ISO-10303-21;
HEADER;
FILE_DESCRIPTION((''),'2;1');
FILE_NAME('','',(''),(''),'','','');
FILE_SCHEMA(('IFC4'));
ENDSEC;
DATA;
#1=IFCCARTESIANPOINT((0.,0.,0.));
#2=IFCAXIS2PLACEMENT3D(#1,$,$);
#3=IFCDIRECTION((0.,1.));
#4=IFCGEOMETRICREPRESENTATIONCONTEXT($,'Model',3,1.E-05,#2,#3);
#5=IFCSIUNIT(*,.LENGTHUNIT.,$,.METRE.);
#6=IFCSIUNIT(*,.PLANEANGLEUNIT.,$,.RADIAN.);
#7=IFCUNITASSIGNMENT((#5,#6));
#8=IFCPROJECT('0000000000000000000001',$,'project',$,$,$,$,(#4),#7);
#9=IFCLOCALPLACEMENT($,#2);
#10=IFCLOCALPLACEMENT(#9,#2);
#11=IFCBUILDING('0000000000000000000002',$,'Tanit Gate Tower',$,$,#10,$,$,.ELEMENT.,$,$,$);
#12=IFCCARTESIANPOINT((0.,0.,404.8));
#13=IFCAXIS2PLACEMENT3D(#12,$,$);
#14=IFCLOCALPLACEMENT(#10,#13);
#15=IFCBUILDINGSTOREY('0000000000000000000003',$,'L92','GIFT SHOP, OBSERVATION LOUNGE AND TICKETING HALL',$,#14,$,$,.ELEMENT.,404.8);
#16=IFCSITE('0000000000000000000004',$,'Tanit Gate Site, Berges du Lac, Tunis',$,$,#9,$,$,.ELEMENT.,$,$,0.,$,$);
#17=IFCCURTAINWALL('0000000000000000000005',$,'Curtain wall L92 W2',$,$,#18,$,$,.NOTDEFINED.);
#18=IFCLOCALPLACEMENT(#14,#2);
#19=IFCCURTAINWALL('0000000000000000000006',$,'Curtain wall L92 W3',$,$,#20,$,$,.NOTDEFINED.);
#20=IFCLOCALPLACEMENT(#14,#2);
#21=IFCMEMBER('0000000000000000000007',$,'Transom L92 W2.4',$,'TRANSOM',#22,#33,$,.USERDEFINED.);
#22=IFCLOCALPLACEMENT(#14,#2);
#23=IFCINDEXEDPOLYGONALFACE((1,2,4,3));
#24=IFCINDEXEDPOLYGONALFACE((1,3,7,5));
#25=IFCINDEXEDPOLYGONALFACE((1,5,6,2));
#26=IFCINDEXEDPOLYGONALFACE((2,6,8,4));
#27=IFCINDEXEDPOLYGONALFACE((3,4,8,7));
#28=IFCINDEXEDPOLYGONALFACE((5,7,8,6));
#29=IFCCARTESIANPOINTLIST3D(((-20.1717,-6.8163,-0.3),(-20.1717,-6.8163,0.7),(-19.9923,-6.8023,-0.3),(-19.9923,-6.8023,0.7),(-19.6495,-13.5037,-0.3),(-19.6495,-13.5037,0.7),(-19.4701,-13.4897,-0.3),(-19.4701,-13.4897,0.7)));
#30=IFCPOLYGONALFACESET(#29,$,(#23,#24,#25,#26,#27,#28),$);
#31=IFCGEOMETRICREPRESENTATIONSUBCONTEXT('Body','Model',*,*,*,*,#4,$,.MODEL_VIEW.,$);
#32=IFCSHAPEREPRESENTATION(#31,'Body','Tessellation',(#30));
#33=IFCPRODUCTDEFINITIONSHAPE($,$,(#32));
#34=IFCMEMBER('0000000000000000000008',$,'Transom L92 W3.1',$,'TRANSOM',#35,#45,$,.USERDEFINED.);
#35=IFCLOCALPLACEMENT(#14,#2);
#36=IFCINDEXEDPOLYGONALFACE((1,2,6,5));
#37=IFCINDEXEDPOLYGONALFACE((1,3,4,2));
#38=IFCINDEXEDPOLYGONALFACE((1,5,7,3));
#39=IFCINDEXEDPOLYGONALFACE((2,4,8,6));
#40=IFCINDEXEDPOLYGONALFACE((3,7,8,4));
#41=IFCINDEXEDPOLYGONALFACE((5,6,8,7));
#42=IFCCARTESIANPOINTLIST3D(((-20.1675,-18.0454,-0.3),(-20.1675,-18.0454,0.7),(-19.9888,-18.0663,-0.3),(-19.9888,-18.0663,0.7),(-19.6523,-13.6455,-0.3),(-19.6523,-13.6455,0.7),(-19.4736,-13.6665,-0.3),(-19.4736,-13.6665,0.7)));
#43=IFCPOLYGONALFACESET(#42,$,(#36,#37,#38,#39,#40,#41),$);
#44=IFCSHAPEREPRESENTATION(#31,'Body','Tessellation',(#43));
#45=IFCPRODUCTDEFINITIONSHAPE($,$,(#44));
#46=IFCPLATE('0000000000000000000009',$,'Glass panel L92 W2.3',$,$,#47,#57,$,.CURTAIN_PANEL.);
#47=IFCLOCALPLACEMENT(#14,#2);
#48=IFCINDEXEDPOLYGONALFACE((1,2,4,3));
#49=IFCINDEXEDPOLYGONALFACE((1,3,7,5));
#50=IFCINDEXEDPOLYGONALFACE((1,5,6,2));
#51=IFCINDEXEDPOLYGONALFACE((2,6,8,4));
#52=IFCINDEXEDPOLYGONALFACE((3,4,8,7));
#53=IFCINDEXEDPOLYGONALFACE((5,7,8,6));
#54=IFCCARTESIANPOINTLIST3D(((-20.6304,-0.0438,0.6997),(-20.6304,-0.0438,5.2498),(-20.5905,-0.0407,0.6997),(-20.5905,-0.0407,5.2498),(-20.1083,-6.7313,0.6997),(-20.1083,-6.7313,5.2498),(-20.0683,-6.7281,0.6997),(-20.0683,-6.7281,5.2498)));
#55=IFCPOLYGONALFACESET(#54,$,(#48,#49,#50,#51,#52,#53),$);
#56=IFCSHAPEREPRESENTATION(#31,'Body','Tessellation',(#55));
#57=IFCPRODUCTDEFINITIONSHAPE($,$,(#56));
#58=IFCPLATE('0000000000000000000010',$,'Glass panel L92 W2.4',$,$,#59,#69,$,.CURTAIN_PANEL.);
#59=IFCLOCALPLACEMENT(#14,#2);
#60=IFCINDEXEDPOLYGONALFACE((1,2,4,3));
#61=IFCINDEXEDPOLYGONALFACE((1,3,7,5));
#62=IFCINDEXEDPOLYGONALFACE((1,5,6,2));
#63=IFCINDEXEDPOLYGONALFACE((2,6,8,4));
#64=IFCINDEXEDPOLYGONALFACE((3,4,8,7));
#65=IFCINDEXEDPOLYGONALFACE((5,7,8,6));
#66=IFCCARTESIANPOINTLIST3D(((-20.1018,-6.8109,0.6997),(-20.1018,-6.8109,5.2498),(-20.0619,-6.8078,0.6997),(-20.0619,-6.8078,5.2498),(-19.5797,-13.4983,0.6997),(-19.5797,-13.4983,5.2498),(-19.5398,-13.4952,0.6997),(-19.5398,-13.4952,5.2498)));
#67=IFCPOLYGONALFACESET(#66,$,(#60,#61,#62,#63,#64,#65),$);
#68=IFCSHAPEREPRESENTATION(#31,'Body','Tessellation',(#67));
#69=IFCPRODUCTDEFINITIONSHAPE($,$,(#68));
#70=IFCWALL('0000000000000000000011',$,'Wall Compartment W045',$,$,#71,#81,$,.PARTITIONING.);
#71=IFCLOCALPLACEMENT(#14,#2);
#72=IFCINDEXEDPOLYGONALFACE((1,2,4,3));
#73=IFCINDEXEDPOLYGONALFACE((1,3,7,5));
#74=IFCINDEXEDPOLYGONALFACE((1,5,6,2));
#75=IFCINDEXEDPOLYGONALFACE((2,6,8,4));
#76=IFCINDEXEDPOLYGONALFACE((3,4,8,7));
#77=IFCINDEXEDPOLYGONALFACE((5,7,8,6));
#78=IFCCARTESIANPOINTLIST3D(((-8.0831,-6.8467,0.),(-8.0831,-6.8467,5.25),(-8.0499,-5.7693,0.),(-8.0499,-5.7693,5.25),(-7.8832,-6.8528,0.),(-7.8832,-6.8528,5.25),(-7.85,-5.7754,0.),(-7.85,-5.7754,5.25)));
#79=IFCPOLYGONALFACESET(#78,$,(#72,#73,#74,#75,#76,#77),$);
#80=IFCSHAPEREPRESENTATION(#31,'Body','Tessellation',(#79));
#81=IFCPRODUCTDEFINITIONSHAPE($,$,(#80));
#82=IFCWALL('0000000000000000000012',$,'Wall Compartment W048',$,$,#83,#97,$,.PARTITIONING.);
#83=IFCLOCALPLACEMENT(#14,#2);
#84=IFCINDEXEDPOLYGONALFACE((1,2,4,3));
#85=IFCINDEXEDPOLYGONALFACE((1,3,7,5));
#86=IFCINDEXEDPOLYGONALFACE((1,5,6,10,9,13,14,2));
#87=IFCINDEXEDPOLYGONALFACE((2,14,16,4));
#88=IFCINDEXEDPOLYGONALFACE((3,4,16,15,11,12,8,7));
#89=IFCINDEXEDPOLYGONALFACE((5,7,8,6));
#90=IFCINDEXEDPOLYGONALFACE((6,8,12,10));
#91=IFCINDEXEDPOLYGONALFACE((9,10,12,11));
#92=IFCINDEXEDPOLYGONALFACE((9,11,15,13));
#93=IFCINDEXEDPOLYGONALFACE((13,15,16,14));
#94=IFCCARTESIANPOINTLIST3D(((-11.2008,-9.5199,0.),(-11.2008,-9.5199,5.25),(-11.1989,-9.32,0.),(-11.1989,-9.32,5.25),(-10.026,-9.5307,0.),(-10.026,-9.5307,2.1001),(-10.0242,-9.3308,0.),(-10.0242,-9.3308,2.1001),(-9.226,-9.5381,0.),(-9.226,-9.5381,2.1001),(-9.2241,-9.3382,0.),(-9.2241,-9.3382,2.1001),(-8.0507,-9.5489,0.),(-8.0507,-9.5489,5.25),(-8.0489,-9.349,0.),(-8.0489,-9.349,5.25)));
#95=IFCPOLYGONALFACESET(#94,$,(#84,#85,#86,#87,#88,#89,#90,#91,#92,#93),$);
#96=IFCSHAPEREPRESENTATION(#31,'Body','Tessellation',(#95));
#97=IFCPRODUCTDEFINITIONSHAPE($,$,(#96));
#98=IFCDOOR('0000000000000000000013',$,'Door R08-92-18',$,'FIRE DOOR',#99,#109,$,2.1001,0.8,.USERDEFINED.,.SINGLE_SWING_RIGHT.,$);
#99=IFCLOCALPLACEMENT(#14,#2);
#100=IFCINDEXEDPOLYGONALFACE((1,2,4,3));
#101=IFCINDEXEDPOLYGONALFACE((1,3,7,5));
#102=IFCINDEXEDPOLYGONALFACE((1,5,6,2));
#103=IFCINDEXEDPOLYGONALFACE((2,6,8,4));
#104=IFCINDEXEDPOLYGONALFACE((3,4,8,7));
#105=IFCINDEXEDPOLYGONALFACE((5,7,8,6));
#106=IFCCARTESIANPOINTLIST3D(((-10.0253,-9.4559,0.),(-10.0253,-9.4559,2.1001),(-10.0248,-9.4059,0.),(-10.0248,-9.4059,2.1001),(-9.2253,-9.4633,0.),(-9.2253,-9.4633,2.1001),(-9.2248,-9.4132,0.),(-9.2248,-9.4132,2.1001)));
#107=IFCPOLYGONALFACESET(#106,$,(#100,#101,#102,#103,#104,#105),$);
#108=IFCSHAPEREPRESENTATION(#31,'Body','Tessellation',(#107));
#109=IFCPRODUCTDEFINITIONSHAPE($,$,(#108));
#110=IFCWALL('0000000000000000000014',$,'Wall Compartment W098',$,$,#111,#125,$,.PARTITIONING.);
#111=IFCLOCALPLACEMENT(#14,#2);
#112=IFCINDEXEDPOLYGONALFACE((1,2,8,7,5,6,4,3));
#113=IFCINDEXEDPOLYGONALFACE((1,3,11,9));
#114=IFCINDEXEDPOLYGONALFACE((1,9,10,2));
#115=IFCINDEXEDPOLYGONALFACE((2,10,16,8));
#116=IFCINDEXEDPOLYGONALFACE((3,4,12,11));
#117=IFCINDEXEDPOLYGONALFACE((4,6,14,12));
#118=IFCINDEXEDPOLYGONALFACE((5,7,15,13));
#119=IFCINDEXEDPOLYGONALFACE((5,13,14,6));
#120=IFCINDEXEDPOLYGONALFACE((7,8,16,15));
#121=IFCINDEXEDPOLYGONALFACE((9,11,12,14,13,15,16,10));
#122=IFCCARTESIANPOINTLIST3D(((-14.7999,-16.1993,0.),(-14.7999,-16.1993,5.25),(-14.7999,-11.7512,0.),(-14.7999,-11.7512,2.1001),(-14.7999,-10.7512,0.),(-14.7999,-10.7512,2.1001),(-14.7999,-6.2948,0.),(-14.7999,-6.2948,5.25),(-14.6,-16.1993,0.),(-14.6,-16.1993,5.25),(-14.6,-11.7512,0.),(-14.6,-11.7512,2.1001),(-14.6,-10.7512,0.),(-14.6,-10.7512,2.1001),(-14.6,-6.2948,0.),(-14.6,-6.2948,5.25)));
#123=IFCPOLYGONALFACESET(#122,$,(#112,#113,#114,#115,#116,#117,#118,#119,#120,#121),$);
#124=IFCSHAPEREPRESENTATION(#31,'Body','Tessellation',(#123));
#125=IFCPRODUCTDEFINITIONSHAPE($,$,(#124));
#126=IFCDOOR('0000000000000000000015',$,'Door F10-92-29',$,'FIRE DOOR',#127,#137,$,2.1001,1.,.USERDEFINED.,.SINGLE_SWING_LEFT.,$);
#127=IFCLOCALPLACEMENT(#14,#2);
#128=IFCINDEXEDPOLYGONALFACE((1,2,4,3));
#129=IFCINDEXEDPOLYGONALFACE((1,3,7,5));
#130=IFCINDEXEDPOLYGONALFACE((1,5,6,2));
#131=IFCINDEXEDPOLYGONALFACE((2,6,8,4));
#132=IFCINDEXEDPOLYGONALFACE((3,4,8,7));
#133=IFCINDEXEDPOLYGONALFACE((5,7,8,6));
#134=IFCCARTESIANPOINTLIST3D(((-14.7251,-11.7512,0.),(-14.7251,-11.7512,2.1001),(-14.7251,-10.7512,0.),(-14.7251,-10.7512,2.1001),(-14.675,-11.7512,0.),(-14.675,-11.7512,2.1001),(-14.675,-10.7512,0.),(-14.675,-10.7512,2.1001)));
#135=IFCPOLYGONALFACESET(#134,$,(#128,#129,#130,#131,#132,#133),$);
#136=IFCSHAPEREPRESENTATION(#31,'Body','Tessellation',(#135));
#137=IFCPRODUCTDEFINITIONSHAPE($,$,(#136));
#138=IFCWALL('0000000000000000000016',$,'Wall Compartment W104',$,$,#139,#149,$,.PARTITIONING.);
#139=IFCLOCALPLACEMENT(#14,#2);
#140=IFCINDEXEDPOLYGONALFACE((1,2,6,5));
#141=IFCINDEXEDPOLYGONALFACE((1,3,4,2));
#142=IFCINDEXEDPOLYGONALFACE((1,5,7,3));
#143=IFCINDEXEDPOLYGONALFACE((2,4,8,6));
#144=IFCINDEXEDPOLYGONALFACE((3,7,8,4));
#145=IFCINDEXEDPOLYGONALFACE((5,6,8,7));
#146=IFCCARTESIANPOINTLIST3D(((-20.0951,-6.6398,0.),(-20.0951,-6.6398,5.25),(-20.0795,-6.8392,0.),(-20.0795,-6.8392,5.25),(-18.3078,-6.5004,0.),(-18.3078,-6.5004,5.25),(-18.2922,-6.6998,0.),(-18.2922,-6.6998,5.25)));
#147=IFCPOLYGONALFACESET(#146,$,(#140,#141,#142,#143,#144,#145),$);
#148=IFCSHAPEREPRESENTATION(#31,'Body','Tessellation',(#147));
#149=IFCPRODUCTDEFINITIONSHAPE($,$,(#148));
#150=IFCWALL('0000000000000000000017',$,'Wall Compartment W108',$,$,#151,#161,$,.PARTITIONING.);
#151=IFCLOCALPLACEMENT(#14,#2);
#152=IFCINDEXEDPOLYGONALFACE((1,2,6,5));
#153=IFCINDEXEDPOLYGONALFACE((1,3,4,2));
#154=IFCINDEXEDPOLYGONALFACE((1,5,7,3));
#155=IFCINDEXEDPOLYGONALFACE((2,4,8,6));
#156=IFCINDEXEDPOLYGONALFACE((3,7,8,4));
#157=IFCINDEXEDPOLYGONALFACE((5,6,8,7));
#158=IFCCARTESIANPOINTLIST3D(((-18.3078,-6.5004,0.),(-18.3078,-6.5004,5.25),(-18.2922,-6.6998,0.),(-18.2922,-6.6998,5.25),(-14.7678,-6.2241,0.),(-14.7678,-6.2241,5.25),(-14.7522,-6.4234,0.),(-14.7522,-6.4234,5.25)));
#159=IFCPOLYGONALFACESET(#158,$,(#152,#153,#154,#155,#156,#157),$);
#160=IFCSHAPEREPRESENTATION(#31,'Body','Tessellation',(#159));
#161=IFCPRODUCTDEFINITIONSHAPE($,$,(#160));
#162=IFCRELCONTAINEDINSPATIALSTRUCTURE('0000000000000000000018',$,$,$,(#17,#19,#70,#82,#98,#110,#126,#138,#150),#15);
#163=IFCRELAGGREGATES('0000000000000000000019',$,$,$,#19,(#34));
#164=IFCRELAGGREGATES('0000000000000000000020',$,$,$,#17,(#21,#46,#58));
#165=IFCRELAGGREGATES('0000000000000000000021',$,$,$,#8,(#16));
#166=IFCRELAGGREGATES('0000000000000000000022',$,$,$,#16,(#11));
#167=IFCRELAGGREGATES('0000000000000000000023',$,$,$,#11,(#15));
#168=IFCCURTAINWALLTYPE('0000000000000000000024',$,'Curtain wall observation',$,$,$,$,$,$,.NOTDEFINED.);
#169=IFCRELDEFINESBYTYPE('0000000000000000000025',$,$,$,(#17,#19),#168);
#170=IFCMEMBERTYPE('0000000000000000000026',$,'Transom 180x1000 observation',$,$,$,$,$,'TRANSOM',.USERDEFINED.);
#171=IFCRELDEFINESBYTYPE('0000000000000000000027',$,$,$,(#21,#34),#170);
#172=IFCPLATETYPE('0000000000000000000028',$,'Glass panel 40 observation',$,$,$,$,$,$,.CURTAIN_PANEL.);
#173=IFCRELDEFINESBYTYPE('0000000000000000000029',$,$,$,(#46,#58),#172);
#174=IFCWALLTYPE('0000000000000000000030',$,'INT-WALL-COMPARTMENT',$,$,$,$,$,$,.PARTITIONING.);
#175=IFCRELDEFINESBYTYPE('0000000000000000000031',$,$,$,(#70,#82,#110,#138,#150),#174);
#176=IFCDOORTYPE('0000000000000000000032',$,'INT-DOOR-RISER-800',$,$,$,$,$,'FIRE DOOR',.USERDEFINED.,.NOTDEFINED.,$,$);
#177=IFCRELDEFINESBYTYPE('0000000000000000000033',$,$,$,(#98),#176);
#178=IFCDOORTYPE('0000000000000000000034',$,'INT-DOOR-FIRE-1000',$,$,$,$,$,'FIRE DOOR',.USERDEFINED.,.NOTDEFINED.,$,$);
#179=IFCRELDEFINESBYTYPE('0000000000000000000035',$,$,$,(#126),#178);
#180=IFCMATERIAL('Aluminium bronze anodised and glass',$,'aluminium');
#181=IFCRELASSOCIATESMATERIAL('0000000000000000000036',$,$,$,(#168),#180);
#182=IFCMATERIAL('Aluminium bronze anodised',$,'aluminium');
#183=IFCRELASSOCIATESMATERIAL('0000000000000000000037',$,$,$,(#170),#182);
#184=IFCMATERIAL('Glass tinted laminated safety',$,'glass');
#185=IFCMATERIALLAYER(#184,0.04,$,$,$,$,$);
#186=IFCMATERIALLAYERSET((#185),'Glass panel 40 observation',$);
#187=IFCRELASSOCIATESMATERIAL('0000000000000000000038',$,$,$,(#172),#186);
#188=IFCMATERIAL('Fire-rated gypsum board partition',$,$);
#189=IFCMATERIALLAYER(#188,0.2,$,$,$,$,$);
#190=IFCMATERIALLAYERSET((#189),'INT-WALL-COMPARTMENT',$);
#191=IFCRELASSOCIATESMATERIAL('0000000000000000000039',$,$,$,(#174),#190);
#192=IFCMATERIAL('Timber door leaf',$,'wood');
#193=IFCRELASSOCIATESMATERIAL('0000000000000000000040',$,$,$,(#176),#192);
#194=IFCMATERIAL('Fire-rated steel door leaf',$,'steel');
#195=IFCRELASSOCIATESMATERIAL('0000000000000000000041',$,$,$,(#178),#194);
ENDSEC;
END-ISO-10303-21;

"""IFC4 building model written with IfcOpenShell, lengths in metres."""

from ifc_helpers import new_model, si_unit, direction, frame, frame_2d, origin, origin_2d, place, context, subcontext, project, spatial, rectangle, extrude, material, layer, layer_set, material_profile, profile_set, type_object, element, fill, aggregate, save


model = new_model("IFC4")

# Units and contexts
model_context = context("Model", 3, precision=1e-05, world=origin(), true_north=direction((0.0, 1.0)))
body_context = subcontext(model_context, "Body", "Model", "MODEL_VIEW")
ifc_project = project(units=[si_unit("LENGTHUNIT", "METRE"), si_unit("PLANEANGLEUNIT", "RADIAN")], contexts=[model_context])

# Site, building, storey
site_placement = place(None, origin())
site = spatial("IfcSite", under=ifc_project, at=site_placement, Name="Tanit Gate Site, Berges du Lac, Tunis", CompositionType="ELEMENT", RefElevation=0.0)
building_placement = place(site_placement, origin())
building = spatial("IfcBuilding", under=site, at=building_placement, Name="Tanit Gate Tower", CompositionType="ELEMENT")
storey_placement = place(building_placement, frame((0.0, 0.0, 404.8)))
storey = spatial("IfcBuildingStorey", under=building, at=storey_placement, Name="L92", Description="GIFT SHOP, OBSERVATION LOUNGE AND TICKETING HALL", CompositionType="ELEMENT", Elevation=404.8)

# Curtain wall
ifc_material_1 = material(Name="Aluminium bronze anodised and glass", Category="aluminium")
curtain_wall_type = type_object("IfcCurtainWallType", Name="Curtain wall observation", PredefinedType="NOTDEFINED", material=ifc_material_1)
curtain_wall_1_placement = place(storey_placement, origin())
curtain_wall_1 = element("IfcCurtainWall", 1, at=curtain_wall_1_placement, inside=storey, type_object=curtain_wall_type, Name="Curtain wall L92 W2", PredefinedType="NOTDEFINED")

# Curtain wall
curtain_wall_2_placement = place(storey_placement, origin())
curtain_wall_2 = element("IfcCurtainWall", 2, at=curtain_wall_2_placement, inside=storey, type_object=curtain_wall_type, Name="Curtain wall L92 W3", PredefinedType="NOTDEFINED")

# Members
ifc_material_2 = material(Name="Aluminium bronze anodised", Category="aluminium")
ifc_material_profile_1 = material_profile(ifc_material_2, rectangle(XDim=0.1799, YDim=1.0, at=origin_2d()), Name="180x1000 bronze transom")
ifc_profile_set_1 = profile_set([ifc_material_profile_1], Name="Aluminium bronze anodised")
member_type_1 = type_object("IfcMemberType", Name="Transom 180x1000 observation", ElementType="TRANSOM", PredefinedType="USERDEFINED", material=ifc_profile_set_1)
member_1_placement = place(storey_placement, frame((-20.082, -6.8093, 0.2), z_axis=(0.077851, -0.996965, 0.0), x_axis=(0.996965, 0.077851, 0.0)))
member_1 = element("IfcMember", 3, at=member_1_placement, type_object=member_type_1, Name="Transom L92 W2.4", ObjectType="TRANSOM", PredefinedType="USERDEFINED", context=body_context, shape_type="SweptSolid", body=[
    extrude(rectangle(XDim=0.1799, YDim=1.0, at=origin_2d()), origin(), (0.0, 0.0, 1.0), 6.7078),
])
member_2_placement = place(storey_placement, frame((-19.563, -13.656, 0.2), z_axis=(-0.116285, -0.993216, 0.0), x_axis=(0.993216, -0.116285, 0.0)))
member_2 = element("IfcMember", 4, at=member_2_placement, type_object=member_type_1, Name="Transom L92 W3.1", ObjectType="TRANSOM", PredefinedType="USERDEFINED", context=body_context, shape_type="SweptSolid", body=[
    extrude(rectangle(XDim=0.1799, YDim=1.0, at=origin_2d()), origin(), (0.0, 0.0, 1.0), 4.4299),
])
aggregate(curtain_wall_2, [member_2])

# Plates
ifc_material_3 = material(Name="Glass tinted laminated safety", Category="glass")
ifc_layer_1 = layer(ifc_material_3, 0.04)
ifc_layer_set_1 = layer_set([ifc_layer_1], Name="Glass panel 40 observation")
plate_type = type_object("IfcPlateType", Name="Glass panel 40 observation", PredefinedType="CURTAIN_PANEL", material=ifc_layer_set_1)
plate_1_placement = place(storey_placement, frame((-20.3494, -3.386, 0.6997), z_axis=(0.0, 0.0, 1.0), x_axis=(0.077839, -0.996966, 0.0)))
plate_1 = element("IfcPlate", 5, at=plate_1_placement, type_object=plate_type, Name="Glass panel L92 W2.3", PredefinedType="CURTAIN_PANEL", context=body_context, shape_type="SweptSolid", body=[
    extrude(rectangle(XDim=6.7078, YDim=0.04, at=origin_2d()), origin(), (0.0, 0.0, 1.0), 4.55),
])
plate_2_placement = place(storey_placement, frame((-19.8208, -10.1531, 0.6997), z_axis=(0.0, 0.0, 1.0), x_axis=(0.077839, -0.996966, 0.0)))
plate_2 = element("IfcPlate", 6, at=plate_2_placement, type_object=plate_type, Name="Glass panel L92 W2.4", PredefinedType="CURTAIN_PANEL", context=body_context, shape_type="SweptSolid", body=[
    extrude(rectangle(XDim=6.7078, YDim=0.04, at=origin_2d()), origin(), (0.0, 0.0, 1.0), 4.55),
])
aggregate(curtain_wall_1, [member_1, plate_1, plate_2])

# Wall
ifc_material_4 = material(Name="Fire-rated gypsum board partition")
ifc_layer_2 = layer(ifc_material_4, 0.2)
ifc_layer_set_2 = layer_set([ifc_layer_2], Name="INT-WALL-COMPARTMENT")
wall_type_1 = type_object("IfcWallType", Name="INT-WALL-COMPARTMENT", PredefinedType="PARTITIONING", material=ifc_layer_set_2)
wall_1_placement = place(storey_placement, frame((-7.9832, -6.8499, 0.0), z_axis=(0.0, 0.0, 1.0), x_axis=(0.030803, 0.999525, 0.0)))
element("IfcWall", 7, at=wall_1_placement, inside=storey, type_object=wall_type_1, Name="Wall Compartment W045", PredefinedType="PARTITIONING", context=body_context, shape_type="SweptSolid", body=[
    extrude(rectangle(XDim=1.0779, YDim=0.2, at=frame_2d((0.5391, 0.0))), origin(), (0.0, 0.0, 1.0), 5.25),
])

# Walls, openings, doors
wall_2_placement = place(storey_placement, frame((-11.2, -9.4199, 0.0), z_axis=(0.0, 0.0, 1.0), x_axis=(0.999957, -0.009223, 0.0)))
wall_2 = element("IfcWall", 8, at=wall_2_placement, inside=storey, type_object=wall_type_1, Name="Wall Compartment W048", PredefinedType="PARTITIONING", context=body_context, shape_type="SweptSolid", body=[
    extrude(rectangle(XDim=3.1501, YDim=0.2, at=frame_2d((1.5752, 0.0))), origin(), (0.0, 0.0, 1.0), 5.25),
])
opening_1_placement = place(wall_2_placement, frame((1.175, 0.0, 0.0)))
opening_1 = element("IfcOpeningElement", 9, at=opening_1_placement, cuts=wall_2, PredefinedType="OPENING", context=body_context, shape_type="SweptSolid", body=[
    extrude(rectangle(XDim=0.8, YDim=2.1001, at=frame_2d((0.3999, 1.05))), frame((0.0, 0.1099, 0.0), z_axis=(0.0, -1.0, 0.0), x_axis=(1.0, 0.0, 0.0)), (0.0, 0.0, 1.0), 0.22),
])
ifc_material_5 = material(Name="Timber door leaf", Category="wood")
door_type_1 = type_object("IfcDoorType", Name="INT-DOOR-RISER-800", ElementType="FIRE DOOR", OperationType="NOTDEFINED", PredefinedType="USERDEFINED", material=ifc_material_5)
door_1_placement = place(opening_1_placement, origin())
door_1 = element("IfcDoor", 10, at=door_1_placement, inside=storey, type_object=door_type_1, Name="Door R08-92-18", ObjectType="FIRE DOOR", OperationType="SINGLE_SWING_RIGHT", OverallHeight=2.1001, OverallWidth=0.8, PredefinedType="USERDEFINED", context=body_context, shape_type="SweptSolid", body=[
    extrude(rectangle(XDim=0.8, YDim=2.1001, at=frame_2d((0.3999, 1.05))), frame((0.0, 0.0249, 0.0), z_axis=(0.0, -1.0, 0.0), x_axis=(1.0, 0.0, 0.0)), (0.0, 0.0, 1.0), 0.05),
])
fill(opening_1, door_1)
wall_3_placement = place(storey_placement, frame((-14.7, -6.2949, 0.0), z_axis=(0.0, 0.0, 1.0), x_axis=(0.0, -1.0, 0.0)))
wall_3 = element("IfcWall", 11, at=wall_3_placement, inside=storey, type_object=wall_type_1, Name="Wall Compartment W098", PredefinedType="PARTITIONING", context=body_context, shape_type="SweptSolid", body=[
    extrude(rectangle(XDim=9.9045, YDim=0.2, at=frame_2d((4.9521, 0.0))), origin(), (0.0, 0.0, 1.0), 5.25),
])
opening_2_placement = place(wall_3_placement, frame((4.4563, 0.0, 0.0)))
opening_2 = element("IfcOpeningElement", 12, at=opening_2_placement, cuts=wall_3, PredefinedType="OPENING", context=body_context, shape_type="SweptSolid", body=[
    extrude(rectangle(XDim=1.0, YDim=2.1001, at=frame_2d((0.5, 1.05))), frame((0.0, 0.1099, 0.0), z_axis=(0.0, -1.0, 0.0), x_axis=(1.0, 0.0, 0.0)), (0.0, 0.0, 1.0), 0.22),
])
ifc_material_6 = material(Name="Fire-rated steel door leaf", Category="steel")
door_type_2 = type_object("IfcDoorType", Name="INT-DOOR-FIRE-1000", ElementType="FIRE DOOR", OperationType="NOTDEFINED", PredefinedType="USERDEFINED", material=ifc_material_6)
door_2_placement = place(opening_2_placement, origin())
door_2 = element("IfcDoor", 13, at=door_2_placement, inside=storey, type_object=door_type_2, Name="Door F10-92-29", ObjectType="FIRE DOOR", OperationType="SINGLE_SWING_LEFT", OverallHeight=2.1001, OverallWidth=1.0, PredefinedType="USERDEFINED", context=body_context, shape_type="SweptSolid", body=[
    extrude(rectangle(XDim=1.0, YDim=2.1001, at=frame_2d((0.5, 1.05))), frame((0.0, 0.0249, 0.0), z_axis=(0.0, -1.0, 0.0), x_axis=(1.0, 0.0, 0.0)), (0.0, 0.0, 1.0), 0.05),
])
fill(opening_2, door_2)

# Walls
wall_4_placement = place(storey_placement, frame((-20.0874, -6.7395, 0.0), z_axis=(0.0, 0.0, 1.0), x_axis=(0.996972, 0.077759, 0.0)))
element("IfcWall", 14, at=wall_4_placement, inside=storey, type_object=wall_type_1, Name="Wall Compartment W104", PredefinedType="PARTITIONING", context=body_context, shape_type="SweptSolid", body=[
    extrude(rectangle(XDim=1.7927, YDim=0.2, at=frame_2d((0.8965, 0.0))), origin(), (0.0, 0.0, 1.0), 5.25),
])
wall_5_placement = place(storey_placement, frame((-14.76, -6.3237, 0.0), z_axis=(0.0, 0.0, 1.0), x_axis=(-0.996966, -0.077832, 0.0)))
element("IfcWall", 15, at=wall_5_placement, inside=storey, type_object=wall_type_1, Name="Wall Compartment W108", PredefinedType="PARTITIONING", context=body_context, shape_type="SweptSolid", body=[
    extrude(rectangle(XDim=3.5508, YDim=0.2, at=frame_2d((1.7754, 0.0))), origin(), (0.0, 0.0, 1.0), 5.25),
])

save(model, "model.ifc")
